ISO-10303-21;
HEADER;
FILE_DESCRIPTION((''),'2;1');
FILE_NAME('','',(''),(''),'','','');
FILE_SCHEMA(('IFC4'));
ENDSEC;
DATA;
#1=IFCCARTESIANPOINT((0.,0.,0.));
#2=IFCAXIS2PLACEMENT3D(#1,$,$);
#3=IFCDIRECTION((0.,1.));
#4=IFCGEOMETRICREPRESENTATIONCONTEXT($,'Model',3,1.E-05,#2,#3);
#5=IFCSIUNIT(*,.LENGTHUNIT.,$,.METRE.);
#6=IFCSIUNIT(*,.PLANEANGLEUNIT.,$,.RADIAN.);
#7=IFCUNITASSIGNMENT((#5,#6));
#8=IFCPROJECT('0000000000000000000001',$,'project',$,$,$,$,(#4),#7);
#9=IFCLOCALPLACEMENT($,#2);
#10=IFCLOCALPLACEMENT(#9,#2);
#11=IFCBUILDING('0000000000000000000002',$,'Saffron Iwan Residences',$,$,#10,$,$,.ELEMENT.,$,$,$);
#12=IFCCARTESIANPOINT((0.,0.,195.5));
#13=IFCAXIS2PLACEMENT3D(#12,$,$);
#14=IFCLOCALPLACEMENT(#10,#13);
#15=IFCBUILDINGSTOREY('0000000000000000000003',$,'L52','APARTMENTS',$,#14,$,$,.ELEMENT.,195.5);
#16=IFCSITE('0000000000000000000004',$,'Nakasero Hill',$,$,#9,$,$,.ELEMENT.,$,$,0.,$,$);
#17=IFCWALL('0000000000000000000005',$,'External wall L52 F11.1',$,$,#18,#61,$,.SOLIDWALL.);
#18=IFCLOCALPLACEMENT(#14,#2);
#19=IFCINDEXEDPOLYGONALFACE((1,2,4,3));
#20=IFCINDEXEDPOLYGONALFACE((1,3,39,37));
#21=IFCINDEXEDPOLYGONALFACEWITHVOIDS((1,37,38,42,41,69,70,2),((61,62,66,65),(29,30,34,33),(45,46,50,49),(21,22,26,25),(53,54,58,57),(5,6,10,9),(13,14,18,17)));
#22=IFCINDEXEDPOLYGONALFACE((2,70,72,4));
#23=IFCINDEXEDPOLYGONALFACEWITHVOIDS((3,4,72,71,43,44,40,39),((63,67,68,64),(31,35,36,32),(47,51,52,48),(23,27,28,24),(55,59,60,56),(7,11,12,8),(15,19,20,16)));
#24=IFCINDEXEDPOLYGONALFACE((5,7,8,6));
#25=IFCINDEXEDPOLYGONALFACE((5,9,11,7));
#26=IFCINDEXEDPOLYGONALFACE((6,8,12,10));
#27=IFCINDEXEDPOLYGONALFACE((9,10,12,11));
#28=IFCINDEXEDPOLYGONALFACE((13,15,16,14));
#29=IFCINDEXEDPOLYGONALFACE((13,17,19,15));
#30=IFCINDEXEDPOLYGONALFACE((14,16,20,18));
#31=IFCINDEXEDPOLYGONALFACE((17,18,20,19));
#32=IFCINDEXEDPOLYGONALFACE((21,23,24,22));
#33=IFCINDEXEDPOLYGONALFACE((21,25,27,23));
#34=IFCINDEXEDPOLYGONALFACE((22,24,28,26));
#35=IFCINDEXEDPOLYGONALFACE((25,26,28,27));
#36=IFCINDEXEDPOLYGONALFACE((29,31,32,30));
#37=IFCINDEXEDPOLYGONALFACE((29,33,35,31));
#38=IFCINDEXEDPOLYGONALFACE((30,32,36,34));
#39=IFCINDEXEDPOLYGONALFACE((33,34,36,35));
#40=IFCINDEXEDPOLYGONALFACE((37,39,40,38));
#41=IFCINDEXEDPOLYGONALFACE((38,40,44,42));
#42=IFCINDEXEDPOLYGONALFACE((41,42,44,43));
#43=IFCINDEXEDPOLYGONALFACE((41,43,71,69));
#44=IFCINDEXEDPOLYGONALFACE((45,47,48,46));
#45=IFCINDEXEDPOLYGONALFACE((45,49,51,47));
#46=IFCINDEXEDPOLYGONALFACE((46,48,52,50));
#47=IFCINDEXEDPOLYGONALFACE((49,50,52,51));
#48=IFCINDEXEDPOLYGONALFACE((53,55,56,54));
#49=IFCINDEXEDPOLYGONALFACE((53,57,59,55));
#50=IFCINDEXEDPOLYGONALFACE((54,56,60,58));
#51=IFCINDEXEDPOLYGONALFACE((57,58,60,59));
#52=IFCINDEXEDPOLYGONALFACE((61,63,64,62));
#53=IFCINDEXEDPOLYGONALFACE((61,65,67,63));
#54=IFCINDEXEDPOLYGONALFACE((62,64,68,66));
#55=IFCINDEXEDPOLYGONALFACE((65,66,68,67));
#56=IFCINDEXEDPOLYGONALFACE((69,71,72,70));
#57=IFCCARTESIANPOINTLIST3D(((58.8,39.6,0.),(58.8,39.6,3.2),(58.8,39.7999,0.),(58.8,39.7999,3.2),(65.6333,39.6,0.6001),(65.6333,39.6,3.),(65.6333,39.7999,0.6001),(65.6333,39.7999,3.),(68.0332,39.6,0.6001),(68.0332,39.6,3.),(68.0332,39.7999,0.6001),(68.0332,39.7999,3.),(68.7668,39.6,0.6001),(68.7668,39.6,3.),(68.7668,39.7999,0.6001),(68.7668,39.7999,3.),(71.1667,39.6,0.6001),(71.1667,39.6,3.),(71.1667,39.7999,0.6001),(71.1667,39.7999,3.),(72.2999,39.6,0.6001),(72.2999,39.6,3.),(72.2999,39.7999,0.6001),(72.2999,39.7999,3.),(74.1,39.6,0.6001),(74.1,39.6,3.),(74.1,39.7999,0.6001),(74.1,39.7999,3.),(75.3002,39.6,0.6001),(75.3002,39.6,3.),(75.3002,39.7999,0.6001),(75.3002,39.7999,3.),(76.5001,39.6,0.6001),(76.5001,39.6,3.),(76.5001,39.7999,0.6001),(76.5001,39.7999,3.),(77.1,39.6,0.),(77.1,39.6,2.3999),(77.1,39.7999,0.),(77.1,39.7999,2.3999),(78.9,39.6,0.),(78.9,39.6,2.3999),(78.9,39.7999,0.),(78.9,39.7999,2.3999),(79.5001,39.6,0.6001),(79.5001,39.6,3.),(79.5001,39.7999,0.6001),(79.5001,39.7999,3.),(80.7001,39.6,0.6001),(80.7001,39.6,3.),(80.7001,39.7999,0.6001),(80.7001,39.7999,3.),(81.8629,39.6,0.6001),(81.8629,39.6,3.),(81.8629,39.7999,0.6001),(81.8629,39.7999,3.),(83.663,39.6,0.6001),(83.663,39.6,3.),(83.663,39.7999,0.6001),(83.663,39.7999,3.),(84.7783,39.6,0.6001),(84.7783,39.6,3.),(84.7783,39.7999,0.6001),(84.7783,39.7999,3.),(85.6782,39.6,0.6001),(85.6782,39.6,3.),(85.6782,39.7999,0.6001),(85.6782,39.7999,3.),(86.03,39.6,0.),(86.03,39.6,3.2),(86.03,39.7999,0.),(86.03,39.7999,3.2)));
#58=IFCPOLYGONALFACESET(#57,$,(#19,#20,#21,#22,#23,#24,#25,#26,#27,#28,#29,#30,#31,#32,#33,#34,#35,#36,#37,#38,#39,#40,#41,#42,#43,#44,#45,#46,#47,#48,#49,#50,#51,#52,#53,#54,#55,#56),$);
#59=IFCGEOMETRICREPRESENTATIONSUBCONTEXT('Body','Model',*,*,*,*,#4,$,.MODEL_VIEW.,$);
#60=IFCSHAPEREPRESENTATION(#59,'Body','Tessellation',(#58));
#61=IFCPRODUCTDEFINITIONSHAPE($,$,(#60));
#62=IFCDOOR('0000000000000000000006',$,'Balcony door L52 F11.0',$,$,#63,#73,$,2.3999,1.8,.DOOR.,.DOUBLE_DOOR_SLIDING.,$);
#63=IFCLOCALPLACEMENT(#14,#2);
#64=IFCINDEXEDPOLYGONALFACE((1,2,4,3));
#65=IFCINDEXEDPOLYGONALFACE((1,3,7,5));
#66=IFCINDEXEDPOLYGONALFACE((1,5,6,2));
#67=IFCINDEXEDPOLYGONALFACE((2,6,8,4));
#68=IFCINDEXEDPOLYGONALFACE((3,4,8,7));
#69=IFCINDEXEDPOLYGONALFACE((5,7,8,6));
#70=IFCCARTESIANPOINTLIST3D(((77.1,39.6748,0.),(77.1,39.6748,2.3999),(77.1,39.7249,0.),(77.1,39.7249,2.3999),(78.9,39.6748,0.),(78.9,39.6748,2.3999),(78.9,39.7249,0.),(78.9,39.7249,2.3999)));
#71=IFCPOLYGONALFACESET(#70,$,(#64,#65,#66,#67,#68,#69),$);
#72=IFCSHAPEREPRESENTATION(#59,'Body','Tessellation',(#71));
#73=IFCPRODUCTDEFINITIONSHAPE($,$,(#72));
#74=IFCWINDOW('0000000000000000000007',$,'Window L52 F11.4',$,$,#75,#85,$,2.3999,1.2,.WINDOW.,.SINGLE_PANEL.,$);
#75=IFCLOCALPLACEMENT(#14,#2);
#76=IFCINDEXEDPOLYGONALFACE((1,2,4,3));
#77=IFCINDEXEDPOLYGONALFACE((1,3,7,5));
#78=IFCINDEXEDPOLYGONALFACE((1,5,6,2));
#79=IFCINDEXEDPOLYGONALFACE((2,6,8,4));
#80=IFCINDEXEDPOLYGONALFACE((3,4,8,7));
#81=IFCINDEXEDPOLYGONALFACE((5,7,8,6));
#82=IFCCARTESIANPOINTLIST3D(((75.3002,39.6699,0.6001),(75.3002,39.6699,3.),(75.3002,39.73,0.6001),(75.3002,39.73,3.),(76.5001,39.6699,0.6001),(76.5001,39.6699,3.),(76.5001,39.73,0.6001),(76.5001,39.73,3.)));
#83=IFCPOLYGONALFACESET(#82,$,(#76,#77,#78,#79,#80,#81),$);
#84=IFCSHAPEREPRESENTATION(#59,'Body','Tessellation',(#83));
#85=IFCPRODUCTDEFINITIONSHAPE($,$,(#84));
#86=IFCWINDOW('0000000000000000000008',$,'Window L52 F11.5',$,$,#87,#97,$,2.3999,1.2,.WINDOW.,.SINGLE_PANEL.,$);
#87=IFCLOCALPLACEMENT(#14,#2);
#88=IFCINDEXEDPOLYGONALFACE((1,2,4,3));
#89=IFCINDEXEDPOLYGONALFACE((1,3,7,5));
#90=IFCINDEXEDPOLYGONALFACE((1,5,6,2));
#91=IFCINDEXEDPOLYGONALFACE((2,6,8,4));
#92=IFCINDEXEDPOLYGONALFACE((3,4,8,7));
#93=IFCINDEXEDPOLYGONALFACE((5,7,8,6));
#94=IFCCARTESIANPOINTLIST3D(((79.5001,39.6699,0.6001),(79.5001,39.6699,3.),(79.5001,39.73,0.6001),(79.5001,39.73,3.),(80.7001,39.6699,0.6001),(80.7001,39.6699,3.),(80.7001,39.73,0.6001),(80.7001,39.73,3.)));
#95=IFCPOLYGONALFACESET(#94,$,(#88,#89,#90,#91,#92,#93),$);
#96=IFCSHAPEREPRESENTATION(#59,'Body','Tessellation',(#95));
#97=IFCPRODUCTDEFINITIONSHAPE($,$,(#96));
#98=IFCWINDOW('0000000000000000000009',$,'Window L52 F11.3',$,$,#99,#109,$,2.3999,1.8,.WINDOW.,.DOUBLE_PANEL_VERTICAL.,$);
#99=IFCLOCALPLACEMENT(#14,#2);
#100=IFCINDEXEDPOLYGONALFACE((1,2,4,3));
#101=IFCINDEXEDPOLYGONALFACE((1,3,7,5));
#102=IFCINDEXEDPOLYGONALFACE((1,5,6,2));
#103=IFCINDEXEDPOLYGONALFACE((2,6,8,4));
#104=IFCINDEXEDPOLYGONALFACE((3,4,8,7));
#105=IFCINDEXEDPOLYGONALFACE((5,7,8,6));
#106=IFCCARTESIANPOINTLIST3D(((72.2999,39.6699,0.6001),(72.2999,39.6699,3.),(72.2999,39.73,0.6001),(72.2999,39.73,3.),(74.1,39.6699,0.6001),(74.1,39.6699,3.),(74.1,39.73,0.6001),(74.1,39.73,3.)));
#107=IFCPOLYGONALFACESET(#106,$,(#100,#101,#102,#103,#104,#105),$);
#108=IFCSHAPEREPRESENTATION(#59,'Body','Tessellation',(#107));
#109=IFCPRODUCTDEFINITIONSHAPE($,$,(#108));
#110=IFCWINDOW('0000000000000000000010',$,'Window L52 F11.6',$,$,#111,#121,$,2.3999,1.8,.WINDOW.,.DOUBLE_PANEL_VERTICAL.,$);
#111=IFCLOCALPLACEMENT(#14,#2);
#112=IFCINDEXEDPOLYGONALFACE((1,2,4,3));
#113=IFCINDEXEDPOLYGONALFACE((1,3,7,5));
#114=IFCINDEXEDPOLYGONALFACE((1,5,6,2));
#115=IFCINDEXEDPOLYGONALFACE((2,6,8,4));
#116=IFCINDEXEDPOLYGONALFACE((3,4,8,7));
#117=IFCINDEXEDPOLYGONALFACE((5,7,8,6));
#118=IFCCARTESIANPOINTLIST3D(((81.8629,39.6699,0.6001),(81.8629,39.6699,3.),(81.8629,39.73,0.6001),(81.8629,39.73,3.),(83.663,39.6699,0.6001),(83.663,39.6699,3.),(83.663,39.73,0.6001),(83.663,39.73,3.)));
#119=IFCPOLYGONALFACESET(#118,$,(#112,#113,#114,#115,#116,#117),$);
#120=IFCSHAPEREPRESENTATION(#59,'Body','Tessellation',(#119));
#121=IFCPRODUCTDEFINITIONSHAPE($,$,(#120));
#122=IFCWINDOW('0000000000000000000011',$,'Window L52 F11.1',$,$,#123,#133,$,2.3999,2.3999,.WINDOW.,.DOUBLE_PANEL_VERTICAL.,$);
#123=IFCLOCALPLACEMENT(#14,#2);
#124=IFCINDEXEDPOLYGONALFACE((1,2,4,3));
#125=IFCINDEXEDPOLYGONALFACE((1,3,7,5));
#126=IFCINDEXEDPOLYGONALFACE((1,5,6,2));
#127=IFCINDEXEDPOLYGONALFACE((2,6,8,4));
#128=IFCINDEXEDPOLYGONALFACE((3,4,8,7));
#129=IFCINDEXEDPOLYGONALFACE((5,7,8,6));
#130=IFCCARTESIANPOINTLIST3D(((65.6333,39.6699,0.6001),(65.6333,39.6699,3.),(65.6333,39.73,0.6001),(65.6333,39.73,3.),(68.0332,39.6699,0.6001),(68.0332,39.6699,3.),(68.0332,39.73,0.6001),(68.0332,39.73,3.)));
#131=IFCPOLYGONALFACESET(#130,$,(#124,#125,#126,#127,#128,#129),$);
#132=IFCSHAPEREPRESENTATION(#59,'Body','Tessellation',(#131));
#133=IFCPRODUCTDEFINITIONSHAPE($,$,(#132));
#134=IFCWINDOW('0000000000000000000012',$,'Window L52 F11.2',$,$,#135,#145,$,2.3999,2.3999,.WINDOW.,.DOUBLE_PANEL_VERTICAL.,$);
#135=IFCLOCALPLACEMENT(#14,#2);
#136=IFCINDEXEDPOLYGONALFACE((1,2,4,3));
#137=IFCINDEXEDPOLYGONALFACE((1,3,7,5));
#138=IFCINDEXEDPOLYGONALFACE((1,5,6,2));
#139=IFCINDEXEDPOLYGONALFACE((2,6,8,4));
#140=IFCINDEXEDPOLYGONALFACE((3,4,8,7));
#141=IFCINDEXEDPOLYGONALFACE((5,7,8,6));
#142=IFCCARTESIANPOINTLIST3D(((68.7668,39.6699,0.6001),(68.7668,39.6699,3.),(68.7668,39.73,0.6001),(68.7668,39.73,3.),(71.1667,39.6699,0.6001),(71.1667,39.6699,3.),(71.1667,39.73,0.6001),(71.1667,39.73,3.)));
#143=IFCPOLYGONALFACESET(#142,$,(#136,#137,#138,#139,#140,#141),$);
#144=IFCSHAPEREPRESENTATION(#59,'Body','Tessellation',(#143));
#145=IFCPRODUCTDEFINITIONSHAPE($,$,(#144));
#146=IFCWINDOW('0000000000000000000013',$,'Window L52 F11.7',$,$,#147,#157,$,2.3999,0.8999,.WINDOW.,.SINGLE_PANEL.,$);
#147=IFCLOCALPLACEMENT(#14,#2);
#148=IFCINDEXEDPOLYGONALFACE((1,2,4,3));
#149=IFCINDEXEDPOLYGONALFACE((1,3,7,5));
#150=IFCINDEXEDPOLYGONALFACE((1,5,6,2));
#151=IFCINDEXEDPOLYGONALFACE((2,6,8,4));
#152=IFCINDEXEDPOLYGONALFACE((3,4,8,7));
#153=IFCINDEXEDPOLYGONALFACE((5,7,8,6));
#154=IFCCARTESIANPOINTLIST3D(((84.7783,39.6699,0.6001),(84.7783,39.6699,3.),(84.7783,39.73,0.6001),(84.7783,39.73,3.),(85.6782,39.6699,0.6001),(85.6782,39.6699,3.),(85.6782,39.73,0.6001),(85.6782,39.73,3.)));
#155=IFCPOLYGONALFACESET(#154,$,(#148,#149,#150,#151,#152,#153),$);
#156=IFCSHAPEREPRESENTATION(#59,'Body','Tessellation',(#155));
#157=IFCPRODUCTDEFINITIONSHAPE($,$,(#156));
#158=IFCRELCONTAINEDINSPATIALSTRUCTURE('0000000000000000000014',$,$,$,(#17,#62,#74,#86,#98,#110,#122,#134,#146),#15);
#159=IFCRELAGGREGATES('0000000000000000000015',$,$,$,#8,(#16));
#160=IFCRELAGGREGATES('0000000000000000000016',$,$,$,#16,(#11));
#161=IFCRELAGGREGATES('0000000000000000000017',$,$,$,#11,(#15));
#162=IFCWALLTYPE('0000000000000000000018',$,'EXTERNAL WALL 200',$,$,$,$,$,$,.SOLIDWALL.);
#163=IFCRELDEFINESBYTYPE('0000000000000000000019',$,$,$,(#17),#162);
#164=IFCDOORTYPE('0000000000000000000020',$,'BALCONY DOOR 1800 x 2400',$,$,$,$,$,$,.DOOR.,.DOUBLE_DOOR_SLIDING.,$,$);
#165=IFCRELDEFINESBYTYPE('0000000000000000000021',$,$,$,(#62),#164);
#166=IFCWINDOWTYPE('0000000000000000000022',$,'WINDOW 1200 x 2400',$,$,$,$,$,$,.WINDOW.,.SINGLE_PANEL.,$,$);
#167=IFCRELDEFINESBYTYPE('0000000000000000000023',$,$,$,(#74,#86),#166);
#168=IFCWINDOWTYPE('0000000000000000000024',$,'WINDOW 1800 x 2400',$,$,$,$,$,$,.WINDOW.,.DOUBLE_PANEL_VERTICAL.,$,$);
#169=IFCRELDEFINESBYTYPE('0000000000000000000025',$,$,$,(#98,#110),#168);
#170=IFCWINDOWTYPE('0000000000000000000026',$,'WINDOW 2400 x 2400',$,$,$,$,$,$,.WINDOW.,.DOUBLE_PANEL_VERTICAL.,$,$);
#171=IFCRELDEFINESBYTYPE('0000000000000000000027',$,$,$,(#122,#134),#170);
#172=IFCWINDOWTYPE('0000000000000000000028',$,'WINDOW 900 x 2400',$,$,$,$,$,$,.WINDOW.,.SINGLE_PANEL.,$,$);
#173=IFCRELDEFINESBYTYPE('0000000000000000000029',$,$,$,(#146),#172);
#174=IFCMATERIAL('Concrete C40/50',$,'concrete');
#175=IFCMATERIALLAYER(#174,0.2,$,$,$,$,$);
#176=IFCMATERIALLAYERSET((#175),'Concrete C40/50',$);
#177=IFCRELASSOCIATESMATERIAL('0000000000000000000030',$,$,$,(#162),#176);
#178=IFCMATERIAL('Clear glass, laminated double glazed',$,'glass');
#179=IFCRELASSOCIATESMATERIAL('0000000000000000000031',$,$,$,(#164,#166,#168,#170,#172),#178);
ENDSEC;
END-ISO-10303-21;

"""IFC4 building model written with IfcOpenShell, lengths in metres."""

from ifc_helpers import new_model, si_unit, direction, frame, frame_2d, origin, place, context, subcontext, project, spatial, rectangle, extrude, material, layer, layer_set, type_object, element, fill, save


model = new_model("IFC4")

# Units and contexts
model_context = context("Model", 3, precision=1e-05, world=origin(), true_north=direction((0.0, 1.0)))
body_context = subcontext(model_context, "Body", "Model", "MODEL_VIEW")
ifc_project = project(units=[si_unit("LENGTHUNIT", "METRE"), si_unit("PLANEANGLEUNIT", "RADIAN")], contexts=[model_context])

# Site, building, storey
site_placement = place(None, origin())
site = spatial("IfcSite", under=ifc_project, at=site_placement, Name="Nakasero Hill", CompositionType="ELEMENT", RefElevation=0.0)
building_placement = place(site_placement, origin())
building = spatial("IfcBuilding", under=site, at=building_placement, Name="Saffron Iwan Residences", CompositionType="ELEMENT")
storey_placement = place(building_placement, frame((0.0, 0.0, 195.5)))
storey = spatial("IfcBuildingStorey", under=building, at=storey_placement, Name="L52", Description="APARTMENTS", CompositionType="ELEMENT", Elevation=195.5)

# Wall, openings, door, windows
ifc_material_1 = material(Name="Concrete C40/50", Category="concrete")
ifc_layer_1 = layer(ifc_material_1, 0.2)
ifc_layer_set_1 = layer_set([ifc_layer_1], Name="Concrete C40/50")
wall_type_1 = type_object("IfcWallType", Name="EXTERNAL WALL 200", PredefinedType="SOLIDWALL", material=ifc_layer_set_1)
wall_1_placement = place(storey_placement, frame((58.8, 39.7, 0.0), z_axis=(0.0, 0.0, 1.0), x_axis=(1.0, 0.0, 0.0)))
wall_1 = element("IfcWall", 1, at=wall_1_placement, inside=storey, type_object=wall_type_1, Name="External wall L52 F11.1", PredefinedType="SOLIDWALL", context=body_context, shape_type="SweptSolid", body=[
    extrude(rectangle(XDim=27.23, YDim=0.2, at=frame_2d((13.615, 0.0))), origin(), (0.0, 0.0, 1.0), 3.2),
])
opening_1_placement = place(wall_1_placement, frame((18.3, 0.0, 0.0)))
opening_1 = element("IfcOpeningElement", 2, at=opening_1_placement, cuts=wall_1, PredefinedType="OPENING", context=body_context, shape_type="SweptSolid", body=[
    extrude(rectangle(XDim=1.8, YDim=2.3999, at=frame_2d((0.8999, 1.2))), frame((0.0, 0.1099, 0.0), z_axis=(0.0, -1.0, 0.0), x_axis=(1.0, 0.0, 0.0)), (0.0, 0.0, 1.0), 0.22),
])
opening_2_placement = place(wall_1_placement, frame((6.8333, 0.0, 0.6001)))
opening_2 = element("IfcOpeningElement", 3, at=opening_2_placement, cuts=wall_1, PredefinedType="OPENING", context=body_context, shape_type="SweptSolid", body=[
    extrude(rectangle(XDim=2.3999, YDim=2.3999, at=frame_2d((1.2, 1.2))), frame((0.0, 0.1099, 0.0), z_axis=(0.0, -1.0, 0.0), x_axis=(1.0, 0.0, 0.0)), (0.0, 0.0, 1.0), 0.22),
])
opening_3_placement = place(wall_1_placement, frame((9.9668, 0.0, 0.6001)))
opening_3 = element("IfcOpeningElement", 4, at=opening_3_placement, cuts=wall_1, PredefinedType="OPENING", context=body_context, shape_type="SweptSolid", body=[
    extrude(rectangle(XDim=2.3999, YDim=2.3999, at=frame_2d((1.2, 1.2))), frame((0.0, 0.1099, 0.0), z_axis=(0.0, -1.0, 0.0), x_axis=(1.0, 0.0, 0.0)), (0.0, 0.0, 1.0), 0.22),
])
opening_4_placement = place(wall_1_placement, frame((13.5, 0.0, 0.6001)))
opening_4 = element("IfcOpeningElement", 5, at=opening_4_placement, cuts=wall_1, PredefinedType="OPENING", context=body_context, shape_type="SweptSolid", body=[
    extrude(rectangle(XDim=1.8, YDim=2.3999, at=frame_2d((0.8999, 1.2))), frame((0.0, 0.1099, 0.0), z_axis=(0.0, -1.0, 0.0), x_axis=(1.0, 0.0, 0.0)), (0.0, 0.0, 1.0), 0.22),
])
opening_5_placement = place(wall_1_placement, frame((16.5, 0.0, 0.6001)))
opening_5 = element("IfcOpeningElement", 6, at=opening_5_placement, cuts=wall_1, PredefinedType="OPENING", context=body_context, shape_type="SweptSolid", body=[
    extrude(rectangle(XDim=1.2, YDim=2.3999, at=frame_2d((0.6001, 1.2))), frame((0.0, 0.1099, 0.0), z_axis=(0.0, -1.0, 0.0), x_axis=(1.0, 0.0, 0.0)), (0.0, 0.0, 1.0), 0.22),
])
opening_6_placement = place(wall_1_placement, frame((20.7, 0.0, 0.6001)))
opening_6 = element("IfcOpeningElement", 7, at=opening_6_placement, cuts=wall_1, PredefinedType="OPENING", context=body_context, shape_type="SweptSolid", body=[
    extrude(rectangle(XDim=1.2, YDim=2.3999, at=frame_2d((0.6001, 1.2))), frame((0.0, 0.1099, 0.0), z_axis=(0.0, -1.0, 0.0), x_axis=(1.0, 0.0, 0.0)), (0.0, 0.0, 1.0), 0.22),
])
opening_7_placement = place(wall_1_placement, frame((23.063, 0.0, 0.6001)))
opening_7 = element("IfcOpeningElement", 8, at=opening_7_placement, cuts=wall_1, PredefinedType="OPENING", context=body_context, shape_type="SweptSolid", body=[
    extrude(rectangle(XDim=1.8, YDim=2.3999, at=frame_2d((0.8999, 1.2))), frame((0.0, 0.1099, 0.0), z_axis=(0.0, -1.0, 0.0), x_axis=(1.0, 0.0, 0.0)), (0.0, 0.0, 1.0), 0.22),
])
opening_8_placement = place(wall_1_placement, frame((25.9783, 0.0, 0.6001)))
opening_8 = element("IfcOpeningElement", 9, at=opening_8_placement, cuts=wall_1, PredefinedType="OPENING", context=body_context, shape_type="SweptSolid", body=[
    extrude(rectangle(XDim=0.8999, YDim=2.3999, at=frame_2d((0.45, 1.2))), frame((0.0, 0.1099, 0.0), z_axis=(0.0, -1.0, 0.0), x_axis=(1.0, 0.0, 0.0)), (0.0, 0.0, 1.0), 0.22),
])
ifc_material_2 = material(Name="Clear glass, laminated double glazed", Category="glass")
door_type_1 = type_object("IfcDoorType", Name="BALCONY DOOR 1800 x 2400", OperationType="DOUBLE_DOOR_SLIDING", PredefinedType="DOOR", material=ifc_material_2)
door_1_placement = place(opening_1_placement, origin())
door_1 = element("IfcDoor", 10, at=door_1_placement, inside=storey, type_object=door_type_1, Name="Balcony door L52 F11.0", OperationType="DOUBLE_DOOR_SLIDING", OverallHeight=2.3999, OverallWidth=1.8, PredefinedType="DOOR", context=body_context, shape_type="SweptSolid", body=[
    extrude(rectangle(XDim=1.8, YDim=2.3999, at=frame_2d((0.8999, 1.2))), frame((0.0, 0.0249, 0.0), z_axis=(0.0, -1.0, 0.0), x_axis=(1.0, 0.0, 0.0)), (0.0, 0.0, 1.0), 0.05),
])
fill(opening_1, door_1)
window_type_1 = type_object("IfcWindowType", Name="WINDOW 1200 x 2400", PartitioningType="SINGLE_PANEL", PredefinedType="WINDOW", material=ifc_material_2)
window_1_placement = place(opening_5_placement, origin())
window_1 = element("IfcWindow", 11, at=window_1_placement, inside=storey, type_object=window_type_1, Name="Window L52 F11.4", OverallHeight=2.3999, OverallWidth=1.2, PartitioningType="SINGLE_PANEL", PredefinedType="WINDOW", context=body_context, shape_type="SweptSolid", body=[
    extrude(rectangle(XDim=1.2, YDim=2.3999, at=frame_2d((0.6001, 1.2))), frame((0.0, 0.03, 0.0), z_axis=(0.0, -1.0, 0.0), x_axis=(1.0, 0.0, 0.0)), (0.0, 0.0, 1.0), 0.0601),
])
fill(opening_5, window_1)
window_2_placement = place(opening_6_placement, origin())
window_2 = element("IfcWindow", 12, at=window_2_placement, inside=storey, type_object=window_type_1, Name="Window L52 F11.5", OverallHeight=2.3999, OverallWidth=1.2, PartitioningType="SINGLE_PANEL", PredefinedType="WINDOW", context=body_context, shape_type="SweptSolid", body=[
    extrude(rectangle(XDim=1.2, YDim=2.3999, at=frame_2d((0.6001, 1.2))), frame((0.0, 0.03, 0.0), z_axis=(0.0, -1.0, 0.0), x_axis=(1.0, 0.0, 0.0)), (0.0, 0.0, 1.0), 0.0601),
])
fill(opening_6, window_2)
window_type_2 = type_object("IfcWindowType", Name="WINDOW 1800 x 2400", PartitioningType="DOUBLE_PANEL_VERTICAL", PredefinedType="WINDOW", material=ifc_material_2)
window_3_placement = place(opening_4_placement, origin())
window_3 = element("IfcWindow", 13, at=window_3_placement, inside=storey, type_object=window_type_2, Name="Window L52 F11.3", OverallHeight=2.3999, OverallWidth=1.8, PartitioningType="DOUBLE_PANEL_VERTICAL", PredefinedType="WINDOW", context=body_context, shape_type="SweptSolid", body=[
    extrude(rectangle(XDim=1.8, YDim=2.3999, at=frame_2d((0.8999, 1.2))), frame((0.0, 0.03, 0.0), z_axis=(0.0, -1.0, 0.0), x_axis=(1.0, 0.0, 0.0)), (0.0, 0.0, 1.0), 0.0601),
])
fill(opening_4, window_3)
window_4_placement = place(opening_7_placement, origin())
window_4 = element("IfcWindow", 14, at=window_4_placement, inside=storey, type_object=window_type_2, Name="Window L52 F11.6", OverallHeight=2.3999, OverallWidth=1.8, PartitioningType="DOUBLE_PANEL_VERTICAL", PredefinedType="WINDOW", context=body_context, shape_type="SweptSolid", body=[
    extrude(rectangle(XDim=1.8, YDim=2.3999, at=frame_2d((0.8999, 1.2))), frame((0.0, 0.03, 0.0), z_axis=(0.0, -1.0, 0.0), x_axis=(1.0, 0.0, 0.0)), (0.0, 0.0, 1.0), 0.0601),
])
fill(opening_7, window_4)
window_type_3 = type_object("IfcWindowType", Name="WINDOW 2400 x 2400", PartitioningType="DOUBLE_PANEL_VERTICAL", PredefinedType="WINDOW", material=ifc_material_2)
window_5_placement = place(opening_2_placement, origin())
window_5 = element("IfcWindow", 15, at=window_5_placement, inside=storey, type_object=window_type_3, Name="Window L52 F11.1", OverallHeight=2.3999, OverallWidth=2.3999, PartitioningType="DOUBLE_PANEL_VERTICAL", PredefinedType="WINDOW", context=body_context, shape_type="SweptSolid", body=[
    extrude(rectangle(XDim=2.3999, YDim=2.3999, at=frame_2d((1.2, 1.2))), frame((0.0, 0.03, 0.0), z_axis=(0.0, -1.0, 0.0), x_axis=(1.0, 0.0, 0.0)), (0.0, 0.0, 1.0), 0.0601),
])
fill(opening_2, window_5)
window_6_placement = place(opening_3_placement, origin())
window_6 = element("IfcWindow", 16, at=window_6_placement, inside=storey, type_object=window_type_3, Name="Window L52 F11.2", OverallHeight=2.3999, OverallWidth=2.3999, PartitioningType="DOUBLE_PANEL_VERTICAL", PredefinedType="WINDOW", context=body_context, shape_type="SweptSolid", body=[
    extrude(rectangle(XDim=2.3999, YDim=2.3999, at=frame_2d((1.2, 1.2))), frame((0.0, 0.03, 0.0), z_axis=(0.0, -1.0, 0.0), x_axis=(1.0, 0.0, 0.0)), (0.0, 0.0, 1.0), 0.0601),
])
fill(opening_3, window_6)
window_type_4 = type_object("IfcWindowType", Name="WINDOW 900 x 2400", PartitioningType="SINGLE_PANEL", PredefinedType="WINDOW", material=ifc_material_2)
window_7_placement = place(opening_8_placement, origin())
window_7 = element("IfcWindow", 17, at=window_7_placement, inside=storey, type_object=window_type_4, Name="Window L52 F11.7", OverallHeight=2.3999, OverallWidth=0.8999, PartitioningType="SINGLE_PANEL", PredefinedType="WINDOW", context=body_context, shape_type="SweptSolid", body=[
    extrude(rectangle(XDim=0.8999, YDim=2.3999, at=frame_2d((0.45, 1.2))), frame((0.0, 0.03, 0.0), z_axis=(0.0, -1.0, 0.0), x_axis=(1.0, 0.0, 0.0)), (0.0, 0.0, 1.0), 0.0601),
])
fill(opening_8, window_7)

save(model, "model.ifc")
